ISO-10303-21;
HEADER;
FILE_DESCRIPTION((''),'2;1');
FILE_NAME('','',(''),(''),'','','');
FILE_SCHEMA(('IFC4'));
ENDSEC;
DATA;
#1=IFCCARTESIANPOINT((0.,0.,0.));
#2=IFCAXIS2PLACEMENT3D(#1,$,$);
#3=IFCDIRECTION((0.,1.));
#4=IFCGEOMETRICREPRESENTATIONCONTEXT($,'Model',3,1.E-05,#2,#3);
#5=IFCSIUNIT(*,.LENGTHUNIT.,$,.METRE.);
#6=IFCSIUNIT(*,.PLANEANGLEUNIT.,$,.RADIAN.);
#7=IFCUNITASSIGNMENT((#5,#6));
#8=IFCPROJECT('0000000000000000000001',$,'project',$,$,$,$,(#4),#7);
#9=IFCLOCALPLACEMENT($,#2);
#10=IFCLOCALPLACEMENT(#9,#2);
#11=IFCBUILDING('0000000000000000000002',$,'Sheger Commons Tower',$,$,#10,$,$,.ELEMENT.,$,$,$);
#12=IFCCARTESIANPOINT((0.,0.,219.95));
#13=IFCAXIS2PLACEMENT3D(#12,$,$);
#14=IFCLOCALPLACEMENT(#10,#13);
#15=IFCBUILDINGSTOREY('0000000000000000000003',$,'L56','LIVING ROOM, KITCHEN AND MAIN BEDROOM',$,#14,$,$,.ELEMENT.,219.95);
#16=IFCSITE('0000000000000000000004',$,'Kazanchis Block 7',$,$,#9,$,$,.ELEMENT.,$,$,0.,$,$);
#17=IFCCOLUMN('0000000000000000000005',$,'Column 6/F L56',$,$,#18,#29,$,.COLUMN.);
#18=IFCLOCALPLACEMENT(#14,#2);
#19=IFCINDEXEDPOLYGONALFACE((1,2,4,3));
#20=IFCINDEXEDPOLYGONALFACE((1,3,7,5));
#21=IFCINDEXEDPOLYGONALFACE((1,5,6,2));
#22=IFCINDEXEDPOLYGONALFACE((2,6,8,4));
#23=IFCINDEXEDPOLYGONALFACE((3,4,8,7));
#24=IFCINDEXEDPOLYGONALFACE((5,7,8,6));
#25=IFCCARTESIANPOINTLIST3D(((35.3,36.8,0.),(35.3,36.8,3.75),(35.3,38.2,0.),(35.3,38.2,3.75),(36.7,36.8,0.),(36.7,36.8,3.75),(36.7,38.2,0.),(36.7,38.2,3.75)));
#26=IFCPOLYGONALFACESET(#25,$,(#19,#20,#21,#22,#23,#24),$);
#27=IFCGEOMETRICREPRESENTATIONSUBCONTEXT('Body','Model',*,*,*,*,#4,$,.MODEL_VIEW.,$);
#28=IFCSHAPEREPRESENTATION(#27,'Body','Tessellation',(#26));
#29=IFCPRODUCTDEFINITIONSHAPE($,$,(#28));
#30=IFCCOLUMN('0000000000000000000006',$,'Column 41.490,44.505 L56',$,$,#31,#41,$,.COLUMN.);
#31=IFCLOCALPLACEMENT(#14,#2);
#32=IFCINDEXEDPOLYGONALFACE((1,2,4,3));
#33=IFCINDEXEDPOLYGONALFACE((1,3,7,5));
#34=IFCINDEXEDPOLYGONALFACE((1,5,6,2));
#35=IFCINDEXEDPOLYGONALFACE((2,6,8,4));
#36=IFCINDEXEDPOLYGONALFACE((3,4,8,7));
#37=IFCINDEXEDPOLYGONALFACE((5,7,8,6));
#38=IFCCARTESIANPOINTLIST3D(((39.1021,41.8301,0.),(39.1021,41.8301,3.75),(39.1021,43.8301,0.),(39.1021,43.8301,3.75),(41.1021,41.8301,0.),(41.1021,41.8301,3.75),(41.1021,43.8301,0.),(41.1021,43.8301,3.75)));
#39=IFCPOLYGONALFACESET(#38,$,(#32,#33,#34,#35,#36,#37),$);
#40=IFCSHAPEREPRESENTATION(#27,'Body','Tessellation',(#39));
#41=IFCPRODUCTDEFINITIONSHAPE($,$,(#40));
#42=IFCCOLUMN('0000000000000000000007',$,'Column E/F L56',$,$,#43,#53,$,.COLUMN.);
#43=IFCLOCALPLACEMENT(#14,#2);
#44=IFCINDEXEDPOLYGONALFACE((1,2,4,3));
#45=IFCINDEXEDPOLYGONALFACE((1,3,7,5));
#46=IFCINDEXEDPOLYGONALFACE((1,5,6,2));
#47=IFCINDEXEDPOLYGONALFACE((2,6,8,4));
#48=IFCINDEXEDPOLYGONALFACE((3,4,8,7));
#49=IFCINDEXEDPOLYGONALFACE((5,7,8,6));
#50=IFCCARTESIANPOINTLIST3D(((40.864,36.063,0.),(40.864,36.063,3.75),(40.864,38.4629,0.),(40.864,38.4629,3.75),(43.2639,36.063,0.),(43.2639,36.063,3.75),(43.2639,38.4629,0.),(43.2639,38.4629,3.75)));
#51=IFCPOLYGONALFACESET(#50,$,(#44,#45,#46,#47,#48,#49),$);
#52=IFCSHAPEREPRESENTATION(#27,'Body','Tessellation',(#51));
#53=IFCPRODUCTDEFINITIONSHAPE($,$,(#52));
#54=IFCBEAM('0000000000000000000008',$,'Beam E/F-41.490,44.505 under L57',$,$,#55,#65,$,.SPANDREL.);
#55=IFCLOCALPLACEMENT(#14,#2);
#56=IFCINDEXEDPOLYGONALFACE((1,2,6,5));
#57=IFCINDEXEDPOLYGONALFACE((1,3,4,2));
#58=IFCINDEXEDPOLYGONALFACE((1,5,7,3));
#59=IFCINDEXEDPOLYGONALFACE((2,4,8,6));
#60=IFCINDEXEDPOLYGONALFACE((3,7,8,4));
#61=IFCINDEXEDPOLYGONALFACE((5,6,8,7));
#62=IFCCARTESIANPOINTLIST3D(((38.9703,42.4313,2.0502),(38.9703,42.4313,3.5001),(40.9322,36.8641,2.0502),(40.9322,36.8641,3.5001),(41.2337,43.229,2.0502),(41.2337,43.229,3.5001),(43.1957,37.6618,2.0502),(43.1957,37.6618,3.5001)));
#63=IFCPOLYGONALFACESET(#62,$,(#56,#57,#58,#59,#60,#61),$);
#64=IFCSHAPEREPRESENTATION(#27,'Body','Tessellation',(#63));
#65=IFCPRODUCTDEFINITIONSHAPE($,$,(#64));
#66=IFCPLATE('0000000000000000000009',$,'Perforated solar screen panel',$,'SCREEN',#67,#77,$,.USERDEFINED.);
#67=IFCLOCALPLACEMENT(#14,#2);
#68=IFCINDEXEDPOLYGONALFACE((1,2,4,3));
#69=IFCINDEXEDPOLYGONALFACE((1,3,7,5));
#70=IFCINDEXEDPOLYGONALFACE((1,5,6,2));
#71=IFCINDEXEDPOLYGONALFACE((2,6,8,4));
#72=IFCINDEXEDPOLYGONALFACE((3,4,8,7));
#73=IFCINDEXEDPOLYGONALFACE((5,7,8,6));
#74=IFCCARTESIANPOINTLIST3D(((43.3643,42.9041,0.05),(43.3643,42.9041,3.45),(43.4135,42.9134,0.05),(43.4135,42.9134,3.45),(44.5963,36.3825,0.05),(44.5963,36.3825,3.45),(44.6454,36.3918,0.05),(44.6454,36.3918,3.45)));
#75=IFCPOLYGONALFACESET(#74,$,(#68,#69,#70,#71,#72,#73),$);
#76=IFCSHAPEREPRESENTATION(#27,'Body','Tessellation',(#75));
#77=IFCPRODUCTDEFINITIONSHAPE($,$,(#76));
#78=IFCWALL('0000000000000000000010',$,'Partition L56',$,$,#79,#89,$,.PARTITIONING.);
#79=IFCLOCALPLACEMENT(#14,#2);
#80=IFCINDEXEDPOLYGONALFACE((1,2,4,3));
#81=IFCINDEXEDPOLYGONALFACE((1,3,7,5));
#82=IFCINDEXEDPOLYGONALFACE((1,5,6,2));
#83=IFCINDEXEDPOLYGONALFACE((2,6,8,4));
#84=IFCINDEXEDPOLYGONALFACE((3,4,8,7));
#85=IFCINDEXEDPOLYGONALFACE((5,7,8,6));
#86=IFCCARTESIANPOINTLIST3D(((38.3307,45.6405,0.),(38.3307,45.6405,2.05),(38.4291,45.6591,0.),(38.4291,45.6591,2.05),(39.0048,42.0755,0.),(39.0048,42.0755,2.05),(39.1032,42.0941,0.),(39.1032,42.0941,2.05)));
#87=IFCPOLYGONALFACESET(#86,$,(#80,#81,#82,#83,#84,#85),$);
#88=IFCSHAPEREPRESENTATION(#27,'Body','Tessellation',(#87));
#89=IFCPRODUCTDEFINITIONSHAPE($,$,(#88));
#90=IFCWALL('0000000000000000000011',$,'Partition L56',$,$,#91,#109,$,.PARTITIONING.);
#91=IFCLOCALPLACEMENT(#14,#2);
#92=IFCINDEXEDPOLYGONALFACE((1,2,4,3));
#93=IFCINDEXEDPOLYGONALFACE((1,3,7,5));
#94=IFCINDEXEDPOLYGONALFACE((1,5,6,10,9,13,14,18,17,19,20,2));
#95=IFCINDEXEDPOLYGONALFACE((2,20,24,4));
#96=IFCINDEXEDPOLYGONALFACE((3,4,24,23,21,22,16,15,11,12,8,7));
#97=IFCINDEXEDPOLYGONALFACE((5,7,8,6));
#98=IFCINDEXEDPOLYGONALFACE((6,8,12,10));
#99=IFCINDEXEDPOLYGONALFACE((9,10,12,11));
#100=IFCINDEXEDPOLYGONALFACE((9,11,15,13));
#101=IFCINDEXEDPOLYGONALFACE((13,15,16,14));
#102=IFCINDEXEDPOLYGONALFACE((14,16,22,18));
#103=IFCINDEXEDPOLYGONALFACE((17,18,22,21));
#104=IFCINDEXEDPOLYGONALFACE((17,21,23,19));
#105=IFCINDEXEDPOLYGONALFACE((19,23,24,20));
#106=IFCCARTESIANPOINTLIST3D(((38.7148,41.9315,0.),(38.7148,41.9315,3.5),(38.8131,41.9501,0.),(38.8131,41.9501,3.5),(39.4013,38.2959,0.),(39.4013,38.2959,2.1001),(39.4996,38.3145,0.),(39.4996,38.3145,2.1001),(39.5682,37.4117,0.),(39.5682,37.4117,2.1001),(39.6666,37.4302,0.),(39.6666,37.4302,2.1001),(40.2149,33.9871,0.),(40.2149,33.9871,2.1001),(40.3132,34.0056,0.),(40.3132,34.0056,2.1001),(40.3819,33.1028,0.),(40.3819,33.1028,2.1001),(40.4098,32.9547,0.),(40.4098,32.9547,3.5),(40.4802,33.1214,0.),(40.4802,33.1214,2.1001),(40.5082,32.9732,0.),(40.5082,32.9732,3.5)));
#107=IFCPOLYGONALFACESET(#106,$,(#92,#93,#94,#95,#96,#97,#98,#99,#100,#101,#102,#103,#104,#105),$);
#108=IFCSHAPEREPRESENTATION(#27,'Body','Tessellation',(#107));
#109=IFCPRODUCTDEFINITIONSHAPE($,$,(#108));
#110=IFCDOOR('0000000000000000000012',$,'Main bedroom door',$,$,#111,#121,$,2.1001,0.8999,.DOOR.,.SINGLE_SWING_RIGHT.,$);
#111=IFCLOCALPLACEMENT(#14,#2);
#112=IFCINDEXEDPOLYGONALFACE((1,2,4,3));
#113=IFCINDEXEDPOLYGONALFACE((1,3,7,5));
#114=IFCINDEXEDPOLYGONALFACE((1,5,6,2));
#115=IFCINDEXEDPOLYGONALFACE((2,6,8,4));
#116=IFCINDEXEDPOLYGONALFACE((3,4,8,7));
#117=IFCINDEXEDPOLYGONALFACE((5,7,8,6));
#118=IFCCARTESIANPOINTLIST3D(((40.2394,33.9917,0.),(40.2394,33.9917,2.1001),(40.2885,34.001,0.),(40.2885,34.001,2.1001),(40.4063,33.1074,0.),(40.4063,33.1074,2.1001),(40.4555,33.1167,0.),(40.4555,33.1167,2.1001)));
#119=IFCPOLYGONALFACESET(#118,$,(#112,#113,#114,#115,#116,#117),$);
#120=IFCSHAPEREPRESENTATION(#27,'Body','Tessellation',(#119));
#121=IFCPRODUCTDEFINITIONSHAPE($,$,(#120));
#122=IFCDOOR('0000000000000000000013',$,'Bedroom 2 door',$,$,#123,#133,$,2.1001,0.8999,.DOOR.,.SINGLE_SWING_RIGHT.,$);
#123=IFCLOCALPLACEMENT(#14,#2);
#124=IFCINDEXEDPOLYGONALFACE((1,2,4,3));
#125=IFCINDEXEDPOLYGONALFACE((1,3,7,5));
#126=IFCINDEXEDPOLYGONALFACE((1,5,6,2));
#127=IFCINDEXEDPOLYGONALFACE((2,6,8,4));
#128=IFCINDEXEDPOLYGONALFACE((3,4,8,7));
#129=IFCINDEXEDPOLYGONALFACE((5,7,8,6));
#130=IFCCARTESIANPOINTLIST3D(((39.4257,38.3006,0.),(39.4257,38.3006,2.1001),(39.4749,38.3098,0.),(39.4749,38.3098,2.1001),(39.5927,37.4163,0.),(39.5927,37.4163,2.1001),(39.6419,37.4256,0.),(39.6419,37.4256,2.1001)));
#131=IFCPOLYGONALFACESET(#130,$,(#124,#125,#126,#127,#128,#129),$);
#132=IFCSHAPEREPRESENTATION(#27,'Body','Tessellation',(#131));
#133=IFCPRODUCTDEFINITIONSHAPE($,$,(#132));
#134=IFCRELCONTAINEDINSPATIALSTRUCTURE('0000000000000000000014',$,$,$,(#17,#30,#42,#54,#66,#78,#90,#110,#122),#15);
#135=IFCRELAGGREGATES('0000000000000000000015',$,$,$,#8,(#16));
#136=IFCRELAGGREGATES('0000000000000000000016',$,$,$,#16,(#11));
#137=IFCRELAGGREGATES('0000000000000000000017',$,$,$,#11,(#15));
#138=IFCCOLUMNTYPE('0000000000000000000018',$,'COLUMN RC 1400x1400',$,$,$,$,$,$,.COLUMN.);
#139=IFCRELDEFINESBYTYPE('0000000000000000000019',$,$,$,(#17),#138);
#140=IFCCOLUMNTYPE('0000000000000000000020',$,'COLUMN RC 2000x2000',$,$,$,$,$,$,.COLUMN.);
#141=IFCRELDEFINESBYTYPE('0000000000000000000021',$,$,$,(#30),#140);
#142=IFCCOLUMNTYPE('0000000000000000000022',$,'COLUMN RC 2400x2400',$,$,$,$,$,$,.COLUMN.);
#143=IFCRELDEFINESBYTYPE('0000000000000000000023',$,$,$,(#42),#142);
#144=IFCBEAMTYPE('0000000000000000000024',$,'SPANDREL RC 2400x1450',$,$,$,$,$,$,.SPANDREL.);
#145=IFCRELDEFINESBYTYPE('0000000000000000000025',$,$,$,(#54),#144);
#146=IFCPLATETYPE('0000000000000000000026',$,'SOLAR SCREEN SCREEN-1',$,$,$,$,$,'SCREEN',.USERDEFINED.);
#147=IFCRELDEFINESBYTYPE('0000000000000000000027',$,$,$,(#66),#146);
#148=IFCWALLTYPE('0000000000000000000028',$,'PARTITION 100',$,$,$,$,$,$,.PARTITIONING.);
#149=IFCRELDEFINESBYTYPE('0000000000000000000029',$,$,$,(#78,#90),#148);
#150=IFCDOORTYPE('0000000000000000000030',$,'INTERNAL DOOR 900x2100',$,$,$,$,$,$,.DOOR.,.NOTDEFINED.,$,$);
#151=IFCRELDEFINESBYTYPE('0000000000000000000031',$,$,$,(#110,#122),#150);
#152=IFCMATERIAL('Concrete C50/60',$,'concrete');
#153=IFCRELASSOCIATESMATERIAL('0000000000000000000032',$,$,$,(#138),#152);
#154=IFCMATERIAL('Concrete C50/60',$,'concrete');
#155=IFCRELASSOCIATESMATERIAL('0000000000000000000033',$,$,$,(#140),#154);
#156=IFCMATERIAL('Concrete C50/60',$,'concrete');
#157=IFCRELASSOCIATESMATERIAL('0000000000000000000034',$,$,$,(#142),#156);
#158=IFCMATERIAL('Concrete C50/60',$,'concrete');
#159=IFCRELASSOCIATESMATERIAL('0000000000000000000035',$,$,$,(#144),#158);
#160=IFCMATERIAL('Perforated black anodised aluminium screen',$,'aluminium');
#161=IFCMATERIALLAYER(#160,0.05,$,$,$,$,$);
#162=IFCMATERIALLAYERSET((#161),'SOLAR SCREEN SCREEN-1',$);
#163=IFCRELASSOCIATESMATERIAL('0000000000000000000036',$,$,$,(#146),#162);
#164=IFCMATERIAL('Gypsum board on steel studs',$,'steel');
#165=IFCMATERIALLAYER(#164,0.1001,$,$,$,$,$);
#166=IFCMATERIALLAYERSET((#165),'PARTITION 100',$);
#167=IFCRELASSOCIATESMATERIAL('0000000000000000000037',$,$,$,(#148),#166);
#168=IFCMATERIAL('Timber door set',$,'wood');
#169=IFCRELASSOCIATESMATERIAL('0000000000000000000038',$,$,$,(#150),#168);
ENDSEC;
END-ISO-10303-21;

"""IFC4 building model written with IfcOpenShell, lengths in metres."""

from ifc_helpers import new_model, si_unit, direction, frame, frame_2d, origin, origin_2d, place, context, subcontext, project, spatial, rectangle, extrude, material, layer, layer_set, material_profile, profile_set, type_object, element, fill, save


model = new_model("IFC4")

# Units and contexts
model_context = context("Model", 3, precision=1e-05, world=origin(), true_north=direction((0.0, 1.0)))
body_context = subcontext(model_context, "Body", "Model", "MODEL_VIEW")
ifc_project = project(units=[si_unit("LENGTHUNIT", "METRE"), si_unit("PLANEANGLEUNIT", "RADIAN")], contexts=[model_context])

# Site, building, storey
site_placement = place(None, origin())
site = spatial("IfcSite", under=ifc_project, at=site_placement, Name="Kazanchis Block 7", CompositionType="ELEMENT", RefElevation=0.0)
building_placement = place(site_placement, origin())
building = spatial("IfcBuilding", under=site, at=building_placement, Name="Sheger Commons Tower", CompositionType="ELEMENT")
storey_placement = place(building_placement, frame((0.0, 0.0, 219.95)))
storey = spatial("IfcBuildingStorey", under=building, at=storey_placement, Name="L56", Description="LIVING ROOM, KITCHEN AND MAIN BEDROOM", CompositionType="ELEMENT", Elevation=219.95)

# Columns
ifc_material_1 = material(Name="Concrete C50/60", Category="concrete")
ifc_material_profile_1 = material_profile(ifc_material_1, rectangle(XDim=1.3999, YDim=1.3999, at=origin_2d()), Name="RC 1400x1400")
ifc_profile_set_1 = profile_set([ifc_material_profile_1], Name="Concrete C50/60")
column_type_1 = type_object("IfcColumnType", Name="COLUMN RC 1400x1400", PredefinedType="COLUMN", material=ifc_profile_set_1)
column_1_placement = place(storey_placement, frame((36.0, 37.5, 0.0), z_axis=(0.0, 0.0, 1.0), x_axis=(1.0, 0.0, 0.0)))
element("IfcColumn", 1, at=column_1_placement, inside=storey, type_object=column_type_1, Name="Column 6/F L56", PredefinedType="COLUMN", context=body_context, shape_type="SweptSolid", body=[
    extrude(rectangle(XDim=1.3999, YDim=1.3999, at=origin_2d()), origin(), (0.0, 0.0, 1.0), 3.75),
])
ifc_material_2 = material(Name="Concrete C50/60", Category="concrete")
ifc_material_profile_2 = material_profile(ifc_material_2, rectangle(XDim=2.0, YDim=2.0, at=origin_2d()), Name="RC 2000x2000")
ifc_profile_set_2 = profile_set([ifc_material_profile_2], Name="Concrete C50/60")
column_type_2 = type_object("IfcColumnType", Name="COLUMN RC 2000x2000", PredefinedType="COLUMN", material=ifc_profile_set_2)
column_2_placement = place(storey_placement, frame((40.1021, 42.8301, 0.0), z_axis=(0.0, 0.0, 1.0), x_axis=(1.0, 0.0, 0.0)))
element("IfcColumn", 2, at=column_2_placement, inside=storey, type_object=column_type_2, Name="Column 41.490,44.505 L56", PredefinedType="COLUMN", context=body_context, shape_type="SweptSolid", body=[
    extrude(rectangle(XDim=2.0, YDim=2.0, at=origin_2d()), origin(), (0.0, 0.0, 1.0), 3.75),
])
ifc_material_3 = material(Name="Concrete C50/60", Category="concrete")
ifc_material_profile_3 = material_profile(ifc_material_3, rectangle(XDim=2.3999, YDim=2.3999, at=origin_2d()), Name="RC 2400x2400")
ifc_profile_set_3 = profile_set([ifc_material_profile_3], Name="Concrete C50/60")
column_type_3 = type_object("IfcColumnType", Name="COLUMN RC 2400x2400", PredefinedType="COLUMN", material=ifc_profile_set_3)
column_3_placement = place(storey_placement, frame((42.064, 37.2629, 0.0), z_axis=(0.0, 0.0, 1.0), x_axis=(1.0, 0.0, 0.0)))
element("IfcColumn", 3, at=column_3_placement, inside=storey, type_object=column_type_3, Name="Column E/F L56", PredefinedType="COLUMN", context=body_context, shape_type="SweptSolid", body=[
    extrude(rectangle(XDim=2.3999, YDim=2.3999, at=origin_2d()), origin(), (0.0, 0.0, 1.0), 3.75),
])

# Beam
ifc_material_4 = material(Name="Concrete C50/60", Category="concrete")
ifc_material_profile_4 = material_profile(ifc_material_4, rectangle(XDim=2.3999, YDim=1.45, at=origin_2d()), Name="RC 2400x1450")
ifc_profile_set_4 = profile_set([ifc_material_profile_4], Name="Concrete C50/60")
beam_type = type_object("IfcBeamType", Name="SPANDREL RC 2400x1450", PredefinedType="SPANDREL", material=ifc_profile_set_4)
beam_placement = place(storey_placement, frame((42.064, 37.2629, 2.7751), z_axis=(-0.332374, 0.943148, 0.0), x_axis=(-0.943148, -0.332374, 0.0)))
element("IfcBeam", 4, at=beam_placement, inside=storey, type_object=beam_type, Name="Beam E/F-41.490,44.505 under L57", PredefinedType="SPANDREL", context=body_context, shape_type="SweptSolid", body=[
    extrude(rectangle(XDim=2.3999, YDim=1.45, at=origin_2d()), origin(), (0.0, 0.0, 1.0), 5.9028),
])

# Plate
ifc_material_5 = material(Name="Perforated black anodised aluminium screen", Category="aluminium")
ifc_layer_1 = layer(ifc_material_5, 0.05)
ifc_layer_set_1 = layer_set([ifc_layer_1], Name="SOLAR SCREEN SCREEN-1")
plate_type = type_object("IfcPlateType", Name="SOLAR SCREEN SCREEN-1", ElementType="SCREEN", PredefinedType="USERDEFINED", material=ifc_layer_set_1)
plate_placement = place(storey_placement, frame((44.0049, 39.6479, 0.05), z_axis=(0.0, 0.0, 1.0), x_axis=(-0.185615, 0.982623, 0.0)))
element("IfcPlate", 5, at=plate_placement, inside=storey, type_object=plate_type, Name="Perforated solar screen panel", ObjectType="SCREEN", PredefinedType="USERDEFINED", context=body_context, shape_type="SweptSolid", body=[
    extrude(rectangle(XDim=6.637, YDim=0.05, at=origin_2d()), origin(), (0.0, 0.0, 1.0), 3.3999),
])

# Wall
ifc_material_6 = material(Name="Gypsum board on steel studs", Category="steel")
ifc_layer_2 = layer(ifc_material_6, 0.1001)
ifc_layer_set_2 = layer_set([ifc_layer_2], Name="PARTITION 100")
wall_type = type_object("IfcWallType", Name="PARTITION 100", PredefinedType="PARTITIONING", material=ifc_layer_set_2)
wall_1_placement = place(storey_placement, frame((39.054, 42.085, 0.0), z_axis=(0.0, 0.0, 1.0), x_axis=(-0.185792, 0.982589, 0.0)))
element("IfcWall", 6, at=wall_1_placement, inside=storey, type_object=wall_type, Name="Partition L56", PredefinedType="PARTITIONING", context=body_context, shape_type="SweptSolid", body=[
    extrude(rectangle(XDim=3.6282, YDim=0.1001, at=frame_2d((1.814, 0.0))), origin(), (0.0, 0.0, 1.0), 2.05),
])

# Wall, openings, doors
wall_2_placement = place(storey_placement, frame((38.7639, 41.9409, 0.0), z_axis=(0.0, 0.0, 1.0), x_axis=(0.185549, -0.982635, 0.0)))
wall_2 = element("IfcWall", 7, at=wall_2_placement, inside=storey, type_object=wall_type, Name="Partition L56", PredefinedType="PARTITIONING", context=body_context, shape_type="SweptSolid", body=[
    extrude(rectangle(XDim=9.1355, YDim=0.1001, at=frame_2d((4.5679, 0.0))), origin(), (0.0, 0.0, 1.0), 3.5),
])
opening_1_placement = place(wall_2_placement, frame((8.085, 0.0, 0.0)))
opening_1 = element("IfcOpeningElement", 8, at=opening_1_placement, cuts=wall_2, PredefinedType="OPENING", context=body_context, shape_type="SweptSolid", body=[
    extrude(rectangle(XDim=0.8999, YDim=2.1001, at=frame_2d((0.45, 1.05))), frame((0.0, 0.0601, 0.0), z_axis=(0.0, -1.0, 0.0), x_axis=(1.0, 0.0, 0.0)), (0.0, 0.0, 1.0), 0.1201),
])
opening_2_placement = place(wall_2_placement, frame((3.7, 0.0, 0.0)))
opening_2 = element("IfcOpeningElement", 9, at=opening_2_placement, cuts=wall_2, PredefinedType="OPENING", context=body_context, shape_type="SweptSolid", body=[
    extrude(rectangle(XDim=0.8999, YDim=2.1001, at=frame_2d((0.45, 1.05))), frame((0.0, 0.0601, 0.0), z_axis=(0.0, -1.0, 0.0), x_axis=(1.0, 0.0, 0.0)), (0.0, 0.0, 1.0), 0.1201),
])
ifc_material_7 = material(Name="Timber door set", Category="wood")
door_type = type_object("IfcDoorType", Name="INTERNAL DOOR 900x2100", OperationType="NOTDEFINED", PredefinedType="DOOR", material=ifc_material_7)
door_1_placement = place(opening_1_placement, origin())
door_1 = element("IfcDoor", 10, at=door_1_placement, inside=storey, type_object=door_type, Name="Main bedroom door", OperationType="SINGLE_SWING_RIGHT", OverallHeight=2.1001, OverallWidth=0.8999, PredefinedType="DOOR", context=body_context, shape_type="SweptSolid", body=[
    extrude(rectangle(XDim=0.8999, YDim=2.1001, at=frame_2d((0.45, 1.05))), frame((0.0, 0.0249, 0.0), z_axis=(0.0, -1.0, 0.0), x_axis=(1.0, 0.0, 0.0)), (0.0, 0.0, 1.0), 0.05),
])
fill(opening_1, door_1)
door_2_placement = place(opening_2_placement, origin())
door_2 = element("IfcDoor", 11, at=door_2_placement, inside=storey, type_object=door_type, Name="Bedroom 2 door", OperationType="SINGLE_SWING_RIGHT", OverallHeight=2.1001, OverallWidth=0.8999, PredefinedType="DOOR", context=body_context, shape_type="SweptSolid", body=[
    extrude(rectangle(XDim=0.8999, YDim=2.1001, at=frame_2d((0.45, 1.05))), frame((0.0, 0.0249, 0.0), z_axis=(0.0, -1.0, 0.0), x_axis=(1.0, 0.0, 0.0)), (0.0, 0.0, 1.0), 0.05),
])
fill(opening_2, door_2)

save(model, "model.ifc")
